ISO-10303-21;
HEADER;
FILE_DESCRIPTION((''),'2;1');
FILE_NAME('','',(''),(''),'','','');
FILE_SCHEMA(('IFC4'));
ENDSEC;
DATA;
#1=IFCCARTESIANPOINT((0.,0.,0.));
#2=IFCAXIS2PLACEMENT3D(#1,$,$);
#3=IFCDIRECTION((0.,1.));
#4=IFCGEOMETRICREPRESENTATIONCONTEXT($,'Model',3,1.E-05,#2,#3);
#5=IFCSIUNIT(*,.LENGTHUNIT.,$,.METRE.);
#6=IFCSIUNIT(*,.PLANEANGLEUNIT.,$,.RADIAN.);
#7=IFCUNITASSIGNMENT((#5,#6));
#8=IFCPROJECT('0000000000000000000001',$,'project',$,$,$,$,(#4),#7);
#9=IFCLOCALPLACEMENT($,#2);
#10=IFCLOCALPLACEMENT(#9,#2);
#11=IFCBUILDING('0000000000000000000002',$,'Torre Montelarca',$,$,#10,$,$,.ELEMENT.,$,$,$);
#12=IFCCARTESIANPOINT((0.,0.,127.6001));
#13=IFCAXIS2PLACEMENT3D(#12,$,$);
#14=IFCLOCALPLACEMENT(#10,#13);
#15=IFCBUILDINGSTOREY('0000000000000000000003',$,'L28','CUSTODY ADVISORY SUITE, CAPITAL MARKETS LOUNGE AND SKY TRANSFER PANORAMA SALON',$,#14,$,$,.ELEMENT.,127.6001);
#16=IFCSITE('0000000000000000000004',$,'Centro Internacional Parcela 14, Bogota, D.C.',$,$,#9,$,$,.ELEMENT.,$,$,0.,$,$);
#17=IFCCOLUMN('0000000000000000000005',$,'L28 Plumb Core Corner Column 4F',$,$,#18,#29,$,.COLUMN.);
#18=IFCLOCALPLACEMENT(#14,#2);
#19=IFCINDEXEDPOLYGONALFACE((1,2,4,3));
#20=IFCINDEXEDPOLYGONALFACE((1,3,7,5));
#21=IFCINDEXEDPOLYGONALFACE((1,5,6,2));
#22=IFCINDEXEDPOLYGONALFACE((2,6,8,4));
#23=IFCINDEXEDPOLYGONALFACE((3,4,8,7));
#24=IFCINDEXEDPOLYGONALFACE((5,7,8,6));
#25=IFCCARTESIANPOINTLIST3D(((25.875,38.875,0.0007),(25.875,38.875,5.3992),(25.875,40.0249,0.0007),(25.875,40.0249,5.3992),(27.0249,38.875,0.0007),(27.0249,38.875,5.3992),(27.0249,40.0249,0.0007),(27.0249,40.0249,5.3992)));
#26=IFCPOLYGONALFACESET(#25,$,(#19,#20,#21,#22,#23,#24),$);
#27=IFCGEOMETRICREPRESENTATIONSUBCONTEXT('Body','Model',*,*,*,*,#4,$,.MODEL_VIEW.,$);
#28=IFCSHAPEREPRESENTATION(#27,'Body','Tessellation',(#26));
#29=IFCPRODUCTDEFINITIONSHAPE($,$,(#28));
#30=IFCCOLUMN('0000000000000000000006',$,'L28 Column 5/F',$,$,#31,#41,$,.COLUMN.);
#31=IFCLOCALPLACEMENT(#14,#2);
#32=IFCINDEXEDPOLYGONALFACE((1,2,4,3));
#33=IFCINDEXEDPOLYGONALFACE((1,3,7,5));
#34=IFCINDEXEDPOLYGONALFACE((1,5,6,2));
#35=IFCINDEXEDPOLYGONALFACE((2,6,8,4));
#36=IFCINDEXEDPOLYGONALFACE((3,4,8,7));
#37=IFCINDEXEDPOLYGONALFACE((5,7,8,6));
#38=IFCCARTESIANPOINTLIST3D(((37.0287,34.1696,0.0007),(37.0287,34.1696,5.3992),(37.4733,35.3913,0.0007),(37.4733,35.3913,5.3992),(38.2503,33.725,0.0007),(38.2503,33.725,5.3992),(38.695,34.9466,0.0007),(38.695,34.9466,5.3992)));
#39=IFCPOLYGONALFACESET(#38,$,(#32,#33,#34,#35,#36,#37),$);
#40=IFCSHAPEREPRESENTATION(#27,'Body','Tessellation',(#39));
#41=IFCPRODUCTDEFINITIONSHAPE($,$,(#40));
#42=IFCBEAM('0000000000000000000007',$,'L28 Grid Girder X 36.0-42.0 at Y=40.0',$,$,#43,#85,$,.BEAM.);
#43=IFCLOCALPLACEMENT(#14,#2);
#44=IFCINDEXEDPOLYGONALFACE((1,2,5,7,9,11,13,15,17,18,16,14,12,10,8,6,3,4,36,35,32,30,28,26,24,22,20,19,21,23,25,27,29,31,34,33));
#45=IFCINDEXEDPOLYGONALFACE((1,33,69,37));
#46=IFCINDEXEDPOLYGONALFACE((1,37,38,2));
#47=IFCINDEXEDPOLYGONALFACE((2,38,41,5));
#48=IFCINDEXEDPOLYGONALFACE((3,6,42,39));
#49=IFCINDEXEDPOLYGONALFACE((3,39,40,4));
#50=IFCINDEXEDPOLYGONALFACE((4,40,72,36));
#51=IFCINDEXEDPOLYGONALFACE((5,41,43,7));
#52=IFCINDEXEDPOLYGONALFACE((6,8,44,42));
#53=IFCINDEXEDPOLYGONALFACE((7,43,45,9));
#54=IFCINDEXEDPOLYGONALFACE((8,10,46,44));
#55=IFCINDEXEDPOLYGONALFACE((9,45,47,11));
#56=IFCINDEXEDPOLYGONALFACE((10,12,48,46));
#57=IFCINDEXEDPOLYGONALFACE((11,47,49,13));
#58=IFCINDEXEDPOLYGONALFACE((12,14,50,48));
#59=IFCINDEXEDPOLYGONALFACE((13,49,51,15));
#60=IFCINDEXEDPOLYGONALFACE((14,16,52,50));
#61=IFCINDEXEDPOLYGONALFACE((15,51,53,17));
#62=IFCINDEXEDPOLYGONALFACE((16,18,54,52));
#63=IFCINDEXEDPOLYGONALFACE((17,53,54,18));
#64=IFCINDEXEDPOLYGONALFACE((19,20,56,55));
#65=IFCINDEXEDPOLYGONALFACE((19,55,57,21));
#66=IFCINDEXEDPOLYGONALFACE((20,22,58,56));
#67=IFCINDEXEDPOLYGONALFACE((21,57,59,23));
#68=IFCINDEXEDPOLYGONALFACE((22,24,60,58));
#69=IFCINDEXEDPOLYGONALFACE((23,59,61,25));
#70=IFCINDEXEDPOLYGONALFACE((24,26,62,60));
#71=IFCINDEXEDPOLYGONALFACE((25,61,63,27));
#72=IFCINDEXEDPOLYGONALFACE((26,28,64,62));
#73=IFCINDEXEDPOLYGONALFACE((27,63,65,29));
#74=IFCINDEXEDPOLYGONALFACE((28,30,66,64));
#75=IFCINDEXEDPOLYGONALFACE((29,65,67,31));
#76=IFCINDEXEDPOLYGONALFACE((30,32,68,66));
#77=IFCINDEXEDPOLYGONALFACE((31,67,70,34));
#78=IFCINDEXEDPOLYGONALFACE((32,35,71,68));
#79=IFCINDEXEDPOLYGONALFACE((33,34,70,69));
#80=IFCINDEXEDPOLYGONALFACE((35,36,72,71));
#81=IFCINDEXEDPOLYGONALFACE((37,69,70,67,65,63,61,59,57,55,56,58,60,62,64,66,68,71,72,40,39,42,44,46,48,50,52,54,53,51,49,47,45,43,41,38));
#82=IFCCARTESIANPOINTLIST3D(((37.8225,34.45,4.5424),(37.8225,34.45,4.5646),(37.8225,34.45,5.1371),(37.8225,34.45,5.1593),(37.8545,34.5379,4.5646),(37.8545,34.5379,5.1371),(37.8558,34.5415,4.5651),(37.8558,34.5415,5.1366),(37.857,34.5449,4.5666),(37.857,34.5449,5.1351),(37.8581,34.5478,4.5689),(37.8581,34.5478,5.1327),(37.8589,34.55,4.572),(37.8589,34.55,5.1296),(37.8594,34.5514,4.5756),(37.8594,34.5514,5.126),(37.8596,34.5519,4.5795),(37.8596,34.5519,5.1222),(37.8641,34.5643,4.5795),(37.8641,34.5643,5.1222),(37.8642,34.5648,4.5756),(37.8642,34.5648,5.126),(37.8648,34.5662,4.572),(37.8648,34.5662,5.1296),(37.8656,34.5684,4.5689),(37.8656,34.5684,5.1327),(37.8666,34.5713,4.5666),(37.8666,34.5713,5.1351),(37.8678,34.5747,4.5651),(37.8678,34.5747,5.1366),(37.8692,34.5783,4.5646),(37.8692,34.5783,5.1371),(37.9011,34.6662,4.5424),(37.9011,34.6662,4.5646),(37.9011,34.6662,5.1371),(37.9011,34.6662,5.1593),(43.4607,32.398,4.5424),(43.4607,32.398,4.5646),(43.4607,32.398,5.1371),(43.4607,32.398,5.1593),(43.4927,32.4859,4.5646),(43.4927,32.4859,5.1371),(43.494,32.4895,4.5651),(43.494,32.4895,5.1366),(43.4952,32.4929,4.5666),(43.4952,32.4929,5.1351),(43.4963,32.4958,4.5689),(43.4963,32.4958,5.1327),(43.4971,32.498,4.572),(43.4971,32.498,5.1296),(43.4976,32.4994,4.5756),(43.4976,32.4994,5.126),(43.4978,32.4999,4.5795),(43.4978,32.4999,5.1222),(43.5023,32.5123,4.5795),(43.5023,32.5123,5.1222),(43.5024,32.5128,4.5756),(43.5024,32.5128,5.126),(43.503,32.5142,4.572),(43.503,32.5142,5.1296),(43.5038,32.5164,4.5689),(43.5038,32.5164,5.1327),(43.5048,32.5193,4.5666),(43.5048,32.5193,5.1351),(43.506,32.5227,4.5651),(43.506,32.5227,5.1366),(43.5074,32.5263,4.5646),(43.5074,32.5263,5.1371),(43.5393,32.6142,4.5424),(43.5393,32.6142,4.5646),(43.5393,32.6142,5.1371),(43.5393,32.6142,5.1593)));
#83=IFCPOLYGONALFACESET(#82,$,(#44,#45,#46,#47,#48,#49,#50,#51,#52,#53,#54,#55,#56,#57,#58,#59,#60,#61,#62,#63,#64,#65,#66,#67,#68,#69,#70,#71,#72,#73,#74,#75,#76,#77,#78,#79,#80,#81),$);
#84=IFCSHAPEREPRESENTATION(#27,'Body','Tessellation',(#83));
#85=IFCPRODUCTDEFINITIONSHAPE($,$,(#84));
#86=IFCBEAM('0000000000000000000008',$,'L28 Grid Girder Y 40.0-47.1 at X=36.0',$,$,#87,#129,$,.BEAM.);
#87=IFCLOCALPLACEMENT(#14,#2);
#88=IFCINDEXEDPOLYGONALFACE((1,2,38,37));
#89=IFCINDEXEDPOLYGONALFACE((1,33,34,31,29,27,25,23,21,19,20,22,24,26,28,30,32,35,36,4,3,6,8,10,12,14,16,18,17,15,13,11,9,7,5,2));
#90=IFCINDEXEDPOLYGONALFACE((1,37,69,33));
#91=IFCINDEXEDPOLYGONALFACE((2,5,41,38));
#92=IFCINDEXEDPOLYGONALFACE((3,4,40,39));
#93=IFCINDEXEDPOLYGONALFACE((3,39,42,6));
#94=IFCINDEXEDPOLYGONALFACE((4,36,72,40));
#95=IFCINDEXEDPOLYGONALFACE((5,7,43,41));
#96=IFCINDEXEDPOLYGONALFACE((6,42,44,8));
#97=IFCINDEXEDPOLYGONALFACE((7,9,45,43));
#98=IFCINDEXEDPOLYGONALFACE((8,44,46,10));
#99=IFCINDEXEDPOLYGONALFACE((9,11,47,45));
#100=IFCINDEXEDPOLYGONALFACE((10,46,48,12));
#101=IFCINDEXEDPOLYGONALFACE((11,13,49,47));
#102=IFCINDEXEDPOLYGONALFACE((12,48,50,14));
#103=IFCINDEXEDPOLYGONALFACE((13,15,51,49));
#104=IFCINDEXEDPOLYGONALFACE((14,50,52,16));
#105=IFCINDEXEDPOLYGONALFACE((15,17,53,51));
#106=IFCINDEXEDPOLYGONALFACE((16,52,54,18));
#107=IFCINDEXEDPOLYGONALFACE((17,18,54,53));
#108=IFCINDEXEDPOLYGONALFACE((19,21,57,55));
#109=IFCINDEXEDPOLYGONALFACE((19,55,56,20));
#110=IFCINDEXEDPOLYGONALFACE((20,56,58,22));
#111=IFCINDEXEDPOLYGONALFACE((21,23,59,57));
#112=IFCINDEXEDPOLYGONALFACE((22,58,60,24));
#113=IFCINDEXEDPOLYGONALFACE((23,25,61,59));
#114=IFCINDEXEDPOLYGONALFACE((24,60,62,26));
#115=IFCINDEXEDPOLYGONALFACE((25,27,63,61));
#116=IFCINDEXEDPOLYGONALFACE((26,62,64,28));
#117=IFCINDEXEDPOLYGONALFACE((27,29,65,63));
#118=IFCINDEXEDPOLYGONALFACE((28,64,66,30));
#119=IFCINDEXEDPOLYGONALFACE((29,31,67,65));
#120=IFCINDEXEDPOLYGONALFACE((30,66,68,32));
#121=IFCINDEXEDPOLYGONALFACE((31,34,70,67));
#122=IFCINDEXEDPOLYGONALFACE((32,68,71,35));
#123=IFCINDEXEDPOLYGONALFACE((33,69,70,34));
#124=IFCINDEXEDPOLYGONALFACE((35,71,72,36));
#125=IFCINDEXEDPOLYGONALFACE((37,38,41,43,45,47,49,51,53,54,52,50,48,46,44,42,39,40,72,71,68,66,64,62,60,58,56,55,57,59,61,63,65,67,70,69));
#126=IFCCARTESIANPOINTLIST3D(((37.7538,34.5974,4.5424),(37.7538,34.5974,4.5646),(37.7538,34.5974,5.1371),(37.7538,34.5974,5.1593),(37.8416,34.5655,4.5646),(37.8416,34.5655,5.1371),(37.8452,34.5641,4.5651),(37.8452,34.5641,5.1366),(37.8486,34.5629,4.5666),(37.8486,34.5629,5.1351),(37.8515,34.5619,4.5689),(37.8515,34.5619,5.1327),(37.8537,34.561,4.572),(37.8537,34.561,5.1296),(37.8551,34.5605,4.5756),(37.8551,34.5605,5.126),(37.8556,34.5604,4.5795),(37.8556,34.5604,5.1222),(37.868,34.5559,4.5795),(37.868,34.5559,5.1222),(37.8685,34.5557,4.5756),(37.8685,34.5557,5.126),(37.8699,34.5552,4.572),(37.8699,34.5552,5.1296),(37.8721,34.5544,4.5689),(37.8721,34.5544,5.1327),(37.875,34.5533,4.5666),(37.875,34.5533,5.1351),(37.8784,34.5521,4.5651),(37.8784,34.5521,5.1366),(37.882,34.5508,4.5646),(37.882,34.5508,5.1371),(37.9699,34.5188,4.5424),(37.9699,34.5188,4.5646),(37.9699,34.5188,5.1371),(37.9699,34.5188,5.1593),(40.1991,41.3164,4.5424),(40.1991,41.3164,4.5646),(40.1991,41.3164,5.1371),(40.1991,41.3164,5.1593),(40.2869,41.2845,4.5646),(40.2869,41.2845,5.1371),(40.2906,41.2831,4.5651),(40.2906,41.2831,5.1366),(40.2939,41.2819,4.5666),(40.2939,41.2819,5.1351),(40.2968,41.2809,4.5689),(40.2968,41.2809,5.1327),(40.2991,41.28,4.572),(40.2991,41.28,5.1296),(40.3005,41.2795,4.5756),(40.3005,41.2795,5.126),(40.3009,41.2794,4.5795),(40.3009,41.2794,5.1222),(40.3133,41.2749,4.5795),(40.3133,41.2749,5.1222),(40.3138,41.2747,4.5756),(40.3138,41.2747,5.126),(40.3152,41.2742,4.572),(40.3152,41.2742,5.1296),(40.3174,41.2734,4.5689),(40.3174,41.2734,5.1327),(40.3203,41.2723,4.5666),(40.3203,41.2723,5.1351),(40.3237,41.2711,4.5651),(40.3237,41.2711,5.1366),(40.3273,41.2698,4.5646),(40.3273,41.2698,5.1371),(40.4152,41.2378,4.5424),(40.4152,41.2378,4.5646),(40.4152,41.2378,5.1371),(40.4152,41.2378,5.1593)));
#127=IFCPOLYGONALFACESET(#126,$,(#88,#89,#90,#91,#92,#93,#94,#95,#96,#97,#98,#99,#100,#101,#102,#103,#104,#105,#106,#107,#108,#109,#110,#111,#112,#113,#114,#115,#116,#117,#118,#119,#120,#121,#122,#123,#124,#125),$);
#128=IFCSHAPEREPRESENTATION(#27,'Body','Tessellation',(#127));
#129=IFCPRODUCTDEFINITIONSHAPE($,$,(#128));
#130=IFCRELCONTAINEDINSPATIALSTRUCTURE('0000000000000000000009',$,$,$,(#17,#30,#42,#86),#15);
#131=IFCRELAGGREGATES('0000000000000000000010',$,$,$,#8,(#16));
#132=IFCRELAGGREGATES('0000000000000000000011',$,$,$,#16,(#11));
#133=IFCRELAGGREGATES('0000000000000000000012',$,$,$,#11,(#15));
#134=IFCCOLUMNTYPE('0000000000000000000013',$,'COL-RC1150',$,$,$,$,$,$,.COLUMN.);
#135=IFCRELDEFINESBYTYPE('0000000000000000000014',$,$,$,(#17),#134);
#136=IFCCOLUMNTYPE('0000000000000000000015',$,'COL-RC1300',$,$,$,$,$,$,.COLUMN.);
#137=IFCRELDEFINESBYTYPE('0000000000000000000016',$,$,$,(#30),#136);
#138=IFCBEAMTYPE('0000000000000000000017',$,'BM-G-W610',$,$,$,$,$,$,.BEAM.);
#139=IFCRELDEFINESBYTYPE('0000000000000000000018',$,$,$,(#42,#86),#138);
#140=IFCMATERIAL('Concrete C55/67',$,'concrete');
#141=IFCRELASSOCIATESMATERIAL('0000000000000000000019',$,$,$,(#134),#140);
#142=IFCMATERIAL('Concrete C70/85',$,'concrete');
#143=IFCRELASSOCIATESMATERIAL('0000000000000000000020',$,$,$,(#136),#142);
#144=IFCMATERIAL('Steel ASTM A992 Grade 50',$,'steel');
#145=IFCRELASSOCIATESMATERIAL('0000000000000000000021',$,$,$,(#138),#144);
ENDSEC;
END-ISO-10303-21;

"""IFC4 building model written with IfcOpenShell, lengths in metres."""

from ifc_helpers import new_model, si_unit, direction, frame, origin, origin_2d, place, context, subcontext, project, spatial, rectangle, i_section, extrude, source, transform, mapped, material, material_profile, profile_set, type_object, element, save


model = new_model("IFC4")

# Units and contexts
model_context = context("Model", 3, precision=1e-05, world=origin(), true_north=direction((0.0, 1.0)))
body_context = subcontext(model_context, "Body", "Model", "MODEL_VIEW")
ifc_project = project(units=[si_unit("LENGTHUNIT", "METRE"), si_unit("PLANEANGLEUNIT", "RADIAN")], contexts=[model_context])

# Site, building, storey
site_placement = place(None, origin())
site = spatial("IfcSite", under=ifc_project, at=site_placement, Name="Centro Internacional Parcela 14, Bogota, D.C.", CompositionType="ELEMENT", RefElevation=0.0)
building_placement = place(site_placement, origin())
building = spatial("IfcBuilding", under=site, at=building_placement, Name="Torre Montelarca", CompositionType="ELEMENT")
storey_placement = place(building_placement, frame((0.0, 0.0, 127.6001)))
storey = spatial("IfcBuildingStorey", under=building, at=storey_placement, Name="L28", Description="CUSTODY ADVISORY SUITE, CAPITAL MARKETS LOUNGE AND SKY TRANSFER PANORAMA SALON", CompositionType="ELEMENT", Elevation=127.6001)

# Columns
ifc_material_1 = material(Name="Concrete C55/67", Category="concrete")
ifc_material_profile_1 = material_profile(ifc_material_1, rectangle(XDim=1.1499, YDim=1.1499, at=origin_2d()), Name="RC1150X1150", Category="concrete")
ifc_profile_set_1 = profile_set([ifc_material_profile_1], Name="Concrete C55/67")
column_type_1 = type_object("IfcColumnType", Name="COL-RC1150", PredefinedType="COLUMN", material=ifc_profile_set_1)
shared_shape_1 = source(origin(), body_context, "Body", "SweptSolid", [
    extrude(rectangle(XDim=1.1499, YDim=1.1499, at=origin_2d()), origin(), (0.0, 0.0, 1.0), 5.3984),
])
column_1_placement = place(storey_placement, frame((26.45, 39.45, 0.0007), z_axis=(0.0, 0.0, 1.0), x_axis=(1.0, 0.0, 0.0)))
element("IfcColumn", 1, at=column_1_placement, inside=storey, type_object=column_type_1, Name="L28 Plumb Core Corner Column 4F", PredefinedType="COLUMN", context=body_context, shape_type="MappedRepresentation", body=[
    mapped(shared_shape_1, transform((0.0, 0.0, 0.0), scale=1.0)),
])
ifc_material_2 = material(Name="Concrete C70/85", Category="concrete")
ifc_material_profile_2 = material_profile(ifc_material_2, rectangle(XDim=1.3, YDim=1.3, at=origin_2d()), Name="RC1300X1300", Category="concrete")
ifc_profile_set_2 = profile_set([ifc_material_profile_2], Name="Concrete C70/85")
column_type_2 = type_object("IfcColumnType", Name="COL-RC1300", PredefinedType="COLUMN", material=ifc_profile_set_2)
shared_shape_2 = source(origin(), body_context, "Body", "SweptSolid", [
    extrude(rectangle(XDim=1.3, YDim=1.3, at=origin_2d()), origin(), (0.0, 0.0, 1.0), 5.3984),
])
column_2_placement = place(storey_placement, frame((37.8618, 34.5581, 0.0007), z_axis=(0.0, 0.0, 1.0), x_axis=(-0.939693, 0.34202, 0.0)))
element("IfcColumn", 2, at=column_2_placement, inside=storey, type_object=column_type_2, Name="L28 Column 5/F", PredefinedType="COLUMN", context=body_context, shape_type="MappedRepresentation", body=[
    mapped(shared_shape_2, transform((0.0, 0.0, 0.0), scale=1.0)),
])

# Beams
ifc_material_3 = material(Name="Steel ASTM A992 Grade 50", Category="steel")
ifc_material_profile_3 = material_profile(ifc_material_3, i_section(OverallWidth=0.23, OverallDepth=0.6169, WebThickness=0.0132, FlangeThickness=0.0222, FilletRadius=0.0149, at=origin_2d()), Name="W610X140", Category="steel")
ifc_profile_set_3 = profile_set([ifc_material_profile_3], Name="Steel ASTM A992 Grade 50")
beam_type = type_object("IfcBeamType", Name="BM-G-W610", PredefinedType="BEAM", material=ifc_profile_set_3)
shared_shape_3 = source(origin(), body_context, "Body", "SweptSolid", [
    extrude(i_section(OverallWidth=0.23, OverallDepth=0.6169, WebThickness=0.0132, FlangeThickness=0.0222, FilletRadius=0.0149, at=origin_2d()), origin(), (0.0, 0.0, 1.0), 6.0),
])
beam_1_placement = place(storey_placement, frame((37.8618, 34.5581, 4.8508), z_axis=(0.9397, -0.342001, 0.0), x_axis=(0.342001, 0.9397, 0.0)))
element("IfcBeam", 3, at=beam_1_placement, inside=storey, type_object=beam_type, Name="L28 Grid Girder X 36.0-42.0 at Y=40.0", PredefinedType="BEAM", context=body_context, shape_type="MappedRepresentation", body=[
    mapped(shared_shape_3, transform((0.0, 0.0, 0.0), scale=1.0)),
])
shared_shape_4 = source(origin(), body_context, "Body", "SweptSolid", [
    extrude(i_section(OverallWidth=0.23, OverallDepth=0.6169, WebThickness=0.0132, FlangeThickness=0.0222, FilletRadius=0.0149, at=origin_2d()), origin(), (0.0, 0.0, 1.0), 7.1501),
])
beam_2_placement = place(storey_placement, frame((37.8618, 34.5581, 4.8508), z_axis=(0.341995, 0.939702, 0.0), x_axis=(-0.939702, 0.341995, 0.0)))
element("IfcBeam", 4, at=beam_2_placement, inside=storey, type_object=beam_type, Name="L28 Grid Girder Y 40.0-47.1 at X=36.0", PredefinedType="BEAM", context=body_context, shape_type="MappedRepresentation", body=[
    mapped(shared_shape_4, transform((0.0, 0.0, 0.0), scale=1.0)),
])

save(model, "model.ifc")
